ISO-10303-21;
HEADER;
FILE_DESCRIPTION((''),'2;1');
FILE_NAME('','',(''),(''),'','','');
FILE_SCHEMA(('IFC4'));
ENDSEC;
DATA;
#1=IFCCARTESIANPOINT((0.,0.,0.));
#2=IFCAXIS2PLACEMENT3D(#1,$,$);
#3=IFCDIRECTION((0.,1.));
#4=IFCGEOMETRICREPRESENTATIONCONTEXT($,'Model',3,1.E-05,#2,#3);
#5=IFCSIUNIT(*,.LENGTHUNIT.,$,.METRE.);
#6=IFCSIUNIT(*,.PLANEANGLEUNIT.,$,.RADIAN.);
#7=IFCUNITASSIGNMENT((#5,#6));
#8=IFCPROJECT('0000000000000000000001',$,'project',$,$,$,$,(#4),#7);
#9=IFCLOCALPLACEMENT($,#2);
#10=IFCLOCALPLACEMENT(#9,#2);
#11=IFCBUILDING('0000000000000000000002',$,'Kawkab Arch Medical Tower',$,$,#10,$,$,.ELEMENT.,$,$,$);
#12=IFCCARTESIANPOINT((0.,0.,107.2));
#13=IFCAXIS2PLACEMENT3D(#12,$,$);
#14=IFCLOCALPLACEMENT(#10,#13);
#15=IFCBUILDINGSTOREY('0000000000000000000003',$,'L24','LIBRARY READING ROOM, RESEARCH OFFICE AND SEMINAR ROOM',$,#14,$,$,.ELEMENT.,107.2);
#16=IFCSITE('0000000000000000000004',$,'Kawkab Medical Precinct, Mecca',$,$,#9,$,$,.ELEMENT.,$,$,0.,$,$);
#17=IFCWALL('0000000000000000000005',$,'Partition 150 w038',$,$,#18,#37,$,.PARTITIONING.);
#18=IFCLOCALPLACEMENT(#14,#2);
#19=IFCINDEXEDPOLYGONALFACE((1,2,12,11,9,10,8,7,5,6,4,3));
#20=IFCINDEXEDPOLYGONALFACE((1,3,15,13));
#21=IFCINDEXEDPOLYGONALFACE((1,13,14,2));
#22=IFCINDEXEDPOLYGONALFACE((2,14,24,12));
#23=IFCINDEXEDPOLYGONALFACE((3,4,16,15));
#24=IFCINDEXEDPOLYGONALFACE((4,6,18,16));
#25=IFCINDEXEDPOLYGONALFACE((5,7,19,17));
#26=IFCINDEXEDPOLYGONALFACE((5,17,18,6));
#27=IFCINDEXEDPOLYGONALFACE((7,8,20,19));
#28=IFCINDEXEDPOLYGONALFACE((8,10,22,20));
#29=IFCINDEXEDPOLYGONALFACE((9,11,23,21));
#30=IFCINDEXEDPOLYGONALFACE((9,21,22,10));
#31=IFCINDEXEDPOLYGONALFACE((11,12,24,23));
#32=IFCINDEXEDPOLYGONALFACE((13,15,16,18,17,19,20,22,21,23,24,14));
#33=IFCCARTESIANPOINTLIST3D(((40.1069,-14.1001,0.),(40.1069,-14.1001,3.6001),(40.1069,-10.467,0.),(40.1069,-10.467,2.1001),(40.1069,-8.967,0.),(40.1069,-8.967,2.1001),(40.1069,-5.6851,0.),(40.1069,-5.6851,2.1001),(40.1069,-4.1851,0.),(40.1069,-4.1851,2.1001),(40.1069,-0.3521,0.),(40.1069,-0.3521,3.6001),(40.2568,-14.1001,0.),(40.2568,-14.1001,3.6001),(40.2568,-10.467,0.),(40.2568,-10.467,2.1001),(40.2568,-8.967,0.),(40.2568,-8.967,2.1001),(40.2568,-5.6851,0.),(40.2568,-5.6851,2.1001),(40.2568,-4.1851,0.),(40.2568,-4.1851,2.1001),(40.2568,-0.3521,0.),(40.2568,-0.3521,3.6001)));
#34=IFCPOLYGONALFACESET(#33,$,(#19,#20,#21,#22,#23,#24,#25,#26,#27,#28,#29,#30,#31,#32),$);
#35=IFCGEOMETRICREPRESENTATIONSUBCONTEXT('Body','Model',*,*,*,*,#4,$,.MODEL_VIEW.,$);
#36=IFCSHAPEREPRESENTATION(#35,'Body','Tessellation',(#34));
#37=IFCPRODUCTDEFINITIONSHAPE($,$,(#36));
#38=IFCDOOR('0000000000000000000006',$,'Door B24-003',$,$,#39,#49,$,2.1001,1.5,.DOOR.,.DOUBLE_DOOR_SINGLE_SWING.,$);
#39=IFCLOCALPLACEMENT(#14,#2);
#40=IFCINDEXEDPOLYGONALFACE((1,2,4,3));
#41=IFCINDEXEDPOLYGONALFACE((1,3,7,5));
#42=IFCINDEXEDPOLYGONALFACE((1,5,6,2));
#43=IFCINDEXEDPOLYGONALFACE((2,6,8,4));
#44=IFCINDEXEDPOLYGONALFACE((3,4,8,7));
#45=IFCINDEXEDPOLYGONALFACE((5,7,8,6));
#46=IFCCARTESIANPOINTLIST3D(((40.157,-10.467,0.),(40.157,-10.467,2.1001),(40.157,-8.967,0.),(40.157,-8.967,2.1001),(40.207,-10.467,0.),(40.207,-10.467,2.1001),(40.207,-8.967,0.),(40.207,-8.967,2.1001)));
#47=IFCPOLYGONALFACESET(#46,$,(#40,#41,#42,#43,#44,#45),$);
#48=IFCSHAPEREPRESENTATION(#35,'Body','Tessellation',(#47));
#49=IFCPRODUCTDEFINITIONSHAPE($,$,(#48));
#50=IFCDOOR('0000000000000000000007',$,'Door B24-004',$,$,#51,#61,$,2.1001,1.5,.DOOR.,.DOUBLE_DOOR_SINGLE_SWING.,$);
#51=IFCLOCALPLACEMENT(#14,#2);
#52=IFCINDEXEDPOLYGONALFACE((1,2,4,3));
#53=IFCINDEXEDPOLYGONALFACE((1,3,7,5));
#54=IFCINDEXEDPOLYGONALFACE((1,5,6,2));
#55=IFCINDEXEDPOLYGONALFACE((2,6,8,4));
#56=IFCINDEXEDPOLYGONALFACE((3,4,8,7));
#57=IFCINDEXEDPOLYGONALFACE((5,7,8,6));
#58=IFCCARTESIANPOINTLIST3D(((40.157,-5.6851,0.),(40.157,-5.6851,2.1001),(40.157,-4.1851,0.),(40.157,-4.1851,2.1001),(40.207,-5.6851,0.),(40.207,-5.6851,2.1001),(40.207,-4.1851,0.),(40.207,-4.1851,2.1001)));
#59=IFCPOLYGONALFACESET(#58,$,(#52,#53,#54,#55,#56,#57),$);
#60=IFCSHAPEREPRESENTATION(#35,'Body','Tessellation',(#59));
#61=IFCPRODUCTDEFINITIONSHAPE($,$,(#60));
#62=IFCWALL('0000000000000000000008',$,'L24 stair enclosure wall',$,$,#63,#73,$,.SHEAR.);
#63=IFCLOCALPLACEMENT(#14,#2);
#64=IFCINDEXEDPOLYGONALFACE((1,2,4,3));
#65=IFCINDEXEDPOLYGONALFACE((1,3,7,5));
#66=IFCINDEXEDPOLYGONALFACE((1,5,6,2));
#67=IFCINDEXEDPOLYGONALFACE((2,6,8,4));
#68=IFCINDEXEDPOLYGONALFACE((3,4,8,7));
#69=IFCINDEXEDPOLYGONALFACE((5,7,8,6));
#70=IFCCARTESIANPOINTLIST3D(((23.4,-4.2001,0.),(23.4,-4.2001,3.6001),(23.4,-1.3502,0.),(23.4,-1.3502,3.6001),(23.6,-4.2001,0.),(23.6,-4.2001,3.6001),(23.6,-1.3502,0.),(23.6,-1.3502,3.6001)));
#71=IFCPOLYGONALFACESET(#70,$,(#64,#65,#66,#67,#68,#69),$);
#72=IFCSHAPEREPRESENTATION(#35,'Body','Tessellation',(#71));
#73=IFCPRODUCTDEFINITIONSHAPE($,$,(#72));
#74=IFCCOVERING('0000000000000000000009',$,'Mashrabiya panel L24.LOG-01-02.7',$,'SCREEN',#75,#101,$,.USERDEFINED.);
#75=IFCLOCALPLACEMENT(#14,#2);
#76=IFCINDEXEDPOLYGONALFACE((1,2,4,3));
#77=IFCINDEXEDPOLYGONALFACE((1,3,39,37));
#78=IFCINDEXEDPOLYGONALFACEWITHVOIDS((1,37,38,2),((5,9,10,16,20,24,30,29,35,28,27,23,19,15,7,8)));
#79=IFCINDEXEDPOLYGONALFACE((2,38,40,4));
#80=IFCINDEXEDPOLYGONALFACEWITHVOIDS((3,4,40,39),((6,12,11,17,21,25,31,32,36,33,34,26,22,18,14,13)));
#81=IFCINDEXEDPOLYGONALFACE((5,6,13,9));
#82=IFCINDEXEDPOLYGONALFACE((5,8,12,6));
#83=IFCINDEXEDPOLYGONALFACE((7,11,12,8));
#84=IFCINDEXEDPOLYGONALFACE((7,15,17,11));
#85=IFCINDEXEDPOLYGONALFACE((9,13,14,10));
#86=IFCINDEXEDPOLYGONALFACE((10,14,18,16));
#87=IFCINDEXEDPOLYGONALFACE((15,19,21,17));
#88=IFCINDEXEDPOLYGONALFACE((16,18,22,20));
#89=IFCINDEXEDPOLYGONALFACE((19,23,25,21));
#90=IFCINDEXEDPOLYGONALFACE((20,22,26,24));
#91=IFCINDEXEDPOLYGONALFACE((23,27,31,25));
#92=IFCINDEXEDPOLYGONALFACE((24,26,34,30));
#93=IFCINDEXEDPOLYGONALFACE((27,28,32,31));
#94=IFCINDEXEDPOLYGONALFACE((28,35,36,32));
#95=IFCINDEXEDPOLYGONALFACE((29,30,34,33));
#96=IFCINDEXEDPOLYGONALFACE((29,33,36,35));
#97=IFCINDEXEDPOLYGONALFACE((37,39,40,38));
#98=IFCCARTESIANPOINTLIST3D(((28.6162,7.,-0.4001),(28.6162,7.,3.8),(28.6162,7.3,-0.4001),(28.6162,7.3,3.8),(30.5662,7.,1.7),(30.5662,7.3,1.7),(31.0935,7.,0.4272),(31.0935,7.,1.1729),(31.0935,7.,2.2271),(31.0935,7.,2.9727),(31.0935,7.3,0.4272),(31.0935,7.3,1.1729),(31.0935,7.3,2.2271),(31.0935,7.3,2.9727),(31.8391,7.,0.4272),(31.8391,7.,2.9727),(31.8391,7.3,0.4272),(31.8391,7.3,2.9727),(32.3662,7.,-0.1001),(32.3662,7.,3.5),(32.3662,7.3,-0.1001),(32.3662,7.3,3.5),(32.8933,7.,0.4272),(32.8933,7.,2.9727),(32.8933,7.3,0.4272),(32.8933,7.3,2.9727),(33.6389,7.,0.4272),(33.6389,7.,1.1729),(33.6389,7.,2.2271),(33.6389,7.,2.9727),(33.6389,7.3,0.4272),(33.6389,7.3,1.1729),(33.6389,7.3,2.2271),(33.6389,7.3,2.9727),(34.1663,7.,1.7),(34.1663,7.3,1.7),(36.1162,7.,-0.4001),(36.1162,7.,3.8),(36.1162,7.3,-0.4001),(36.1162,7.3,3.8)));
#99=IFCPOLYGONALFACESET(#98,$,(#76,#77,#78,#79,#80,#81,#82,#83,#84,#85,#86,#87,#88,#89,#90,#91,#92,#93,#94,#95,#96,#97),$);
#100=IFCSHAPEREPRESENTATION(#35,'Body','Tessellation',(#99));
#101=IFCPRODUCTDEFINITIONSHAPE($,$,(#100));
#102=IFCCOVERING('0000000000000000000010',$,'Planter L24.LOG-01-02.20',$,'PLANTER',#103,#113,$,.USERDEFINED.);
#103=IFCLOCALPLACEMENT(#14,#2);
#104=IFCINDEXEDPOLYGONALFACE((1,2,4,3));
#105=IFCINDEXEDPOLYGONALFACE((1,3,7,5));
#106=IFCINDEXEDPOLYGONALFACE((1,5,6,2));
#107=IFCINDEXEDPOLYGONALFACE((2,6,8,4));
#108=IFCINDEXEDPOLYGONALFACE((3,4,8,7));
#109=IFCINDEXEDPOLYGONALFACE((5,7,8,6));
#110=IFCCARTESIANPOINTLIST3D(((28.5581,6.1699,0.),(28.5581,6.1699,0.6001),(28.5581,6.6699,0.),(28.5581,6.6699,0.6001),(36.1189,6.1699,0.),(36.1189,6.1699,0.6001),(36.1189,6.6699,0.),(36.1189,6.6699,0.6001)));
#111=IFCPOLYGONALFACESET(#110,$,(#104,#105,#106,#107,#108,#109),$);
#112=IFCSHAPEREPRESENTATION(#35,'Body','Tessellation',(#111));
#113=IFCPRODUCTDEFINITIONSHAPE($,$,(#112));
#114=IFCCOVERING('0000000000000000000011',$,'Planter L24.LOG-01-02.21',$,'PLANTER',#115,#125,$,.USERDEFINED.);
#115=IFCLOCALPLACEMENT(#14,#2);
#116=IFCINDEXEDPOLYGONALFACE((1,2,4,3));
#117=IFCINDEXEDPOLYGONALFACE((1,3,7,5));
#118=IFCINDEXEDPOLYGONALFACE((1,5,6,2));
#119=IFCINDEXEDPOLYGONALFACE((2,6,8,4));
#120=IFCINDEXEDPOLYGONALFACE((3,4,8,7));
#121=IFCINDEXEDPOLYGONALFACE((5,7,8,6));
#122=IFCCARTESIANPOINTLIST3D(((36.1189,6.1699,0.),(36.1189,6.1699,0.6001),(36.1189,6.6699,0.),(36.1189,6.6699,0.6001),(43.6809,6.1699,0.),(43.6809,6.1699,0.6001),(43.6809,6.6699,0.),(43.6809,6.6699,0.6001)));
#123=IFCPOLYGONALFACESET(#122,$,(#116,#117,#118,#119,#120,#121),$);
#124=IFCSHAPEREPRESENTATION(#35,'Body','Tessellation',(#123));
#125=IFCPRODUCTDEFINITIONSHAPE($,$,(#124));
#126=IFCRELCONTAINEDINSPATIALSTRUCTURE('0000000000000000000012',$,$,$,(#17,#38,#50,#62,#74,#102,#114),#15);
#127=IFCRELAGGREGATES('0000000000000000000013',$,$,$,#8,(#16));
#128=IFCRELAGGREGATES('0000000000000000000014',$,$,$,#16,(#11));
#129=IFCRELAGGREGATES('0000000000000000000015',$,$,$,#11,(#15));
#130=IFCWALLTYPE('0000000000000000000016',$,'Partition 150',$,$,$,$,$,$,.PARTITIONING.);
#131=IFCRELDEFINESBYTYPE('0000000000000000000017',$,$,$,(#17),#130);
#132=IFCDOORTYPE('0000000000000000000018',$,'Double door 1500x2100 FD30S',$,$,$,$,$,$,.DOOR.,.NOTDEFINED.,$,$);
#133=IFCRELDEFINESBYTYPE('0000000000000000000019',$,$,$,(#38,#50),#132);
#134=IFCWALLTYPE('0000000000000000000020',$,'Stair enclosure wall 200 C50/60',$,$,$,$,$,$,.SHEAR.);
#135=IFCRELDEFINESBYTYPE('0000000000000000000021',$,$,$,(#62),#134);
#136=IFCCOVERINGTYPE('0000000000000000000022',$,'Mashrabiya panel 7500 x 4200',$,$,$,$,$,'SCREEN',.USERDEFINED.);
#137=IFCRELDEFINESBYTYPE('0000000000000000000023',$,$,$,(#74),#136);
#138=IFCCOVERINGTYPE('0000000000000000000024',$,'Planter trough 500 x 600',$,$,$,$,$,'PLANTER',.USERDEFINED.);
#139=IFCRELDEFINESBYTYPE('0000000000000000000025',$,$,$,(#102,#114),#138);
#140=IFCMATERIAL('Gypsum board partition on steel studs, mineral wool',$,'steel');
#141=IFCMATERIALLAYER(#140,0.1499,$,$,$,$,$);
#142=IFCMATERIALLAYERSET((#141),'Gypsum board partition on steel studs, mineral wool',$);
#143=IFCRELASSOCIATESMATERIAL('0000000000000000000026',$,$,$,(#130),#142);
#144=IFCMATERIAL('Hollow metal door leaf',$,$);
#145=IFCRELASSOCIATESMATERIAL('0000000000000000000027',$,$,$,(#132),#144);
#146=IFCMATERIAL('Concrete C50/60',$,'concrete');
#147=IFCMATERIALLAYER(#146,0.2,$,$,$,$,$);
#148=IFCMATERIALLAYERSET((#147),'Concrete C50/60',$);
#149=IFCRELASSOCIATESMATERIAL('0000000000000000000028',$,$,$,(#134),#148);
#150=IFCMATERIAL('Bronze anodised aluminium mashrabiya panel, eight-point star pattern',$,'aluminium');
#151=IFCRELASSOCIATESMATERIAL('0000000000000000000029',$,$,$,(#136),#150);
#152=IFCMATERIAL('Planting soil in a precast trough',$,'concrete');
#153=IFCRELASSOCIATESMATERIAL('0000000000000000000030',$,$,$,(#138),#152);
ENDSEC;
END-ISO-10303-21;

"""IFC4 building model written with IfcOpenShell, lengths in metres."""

from ifc_helpers import new_model, si_unit, direction, frame, frame_2d, origin, origin_2d, place, context, subcontext, project, spatial, polyline, rectangle, outline, extrude, material, layer, layer_set, material_profile, profile_set, type_object, element, fill, save


model = new_model("IFC4")

# Units and contexts
model_context = context("Model", 3, precision=1e-05, world=origin(), true_north=direction((0.0, 1.0)))
body_context = subcontext(model_context, "Body", "Model", "MODEL_VIEW")
ifc_project = project(units=[si_unit("LENGTHUNIT", "METRE"), si_unit("PLANEANGLEUNIT", "RADIAN")], contexts=[model_context])

# Site, building, storey
site_placement = place(None, origin())
site = spatial("IfcSite", under=ifc_project, at=site_placement, Name="Kawkab Medical Precinct, Mecca", CompositionType="ELEMENT", RefElevation=0.0)
building_placement = place(site_placement, origin())
building = spatial("IfcBuilding", under=site, at=building_placement, Name="Kawkab Arch Medical Tower", CompositionType="ELEMENT")
storey_placement = place(building_placement, frame((0.0, 0.0, 107.2)))
storey = spatial("IfcBuildingStorey", under=building, at=storey_placement, Name="L24", Description="LIBRARY READING ROOM, RESEARCH OFFICE AND SEMINAR ROOM", CompositionType="ELEMENT", Elevation=107.2)

# Shared definitions
ifc_material_1 = material(Name="Gypsum board partition on steel studs, mineral wool", Category="steel")
ifc_layer_1 = layer(ifc_material_1, 0.1499)
ifc_layer_set_1 = layer_set([ifc_layer_1], Name="Gypsum board partition on steel studs, mineral wool")
wall_type_1 = type_object("IfcWallType", Name="Partition 150", PredefinedType="PARTITIONING", material=ifc_layer_set_1)

# Wall, openings, doors
wall_1_placement = place(storey_placement, frame((40.1819, -14.1001, 0.0), z_axis=(0.0, 0.0, 1.0), x_axis=(0.0, 1.0, 0.0)))
wall_1 = element("IfcWall", 1, at=wall_1_placement, inside=storey, type_object=wall_type_1, Name="Partition 150 w038", PredefinedType="PARTITIONING", context=body_context, shape_type="SweptSolid", body=[
    extrude(rectangle(XDim=13.748, YDim=0.1499, at=frame_2d((6.874, 0.0))), origin(), (0.0, 0.0, 1.0), 3.6001),
])
opening_1_placement = place(wall_1_placement, frame((3.6331, 0.0, 0.0)))
opening_1 = element("IfcOpeningElement", 2, at=opening_1_placement, cuts=wall_1, PredefinedType="OPENING", context=body_context, shape_type="SweptSolid", body=[
    extrude(rectangle(XDim=1.5, YDim=2.1001, at=frame_2d((0.75, 1.05))), frame((0.0, 0.085, 0.0), z_axis=(0.0, -1.0, 0.0), x_axis=(1.0, 0.0, 0.0)), (0.0, 0.0, 1.0), 0.1699),
])
opening_2_placement = place(wall_1_placement, frame((8.415, 0.0, 0.0)))
opening_2 = element("IfcOpeningElement", 3, at=opening_2_placement, cuts=wall_1, PredefinedType="OPENING", context=body_context, shape_type="SweptSolid", body=[
    extrude(rectangle(XDim=1.5, YDim=2.1001, at=frame_2d((0.75, 1.05))), frame((0.0, 0.085, 0.0), z_axis=(0.0, -1.0, 0.0), x_axis=(1.0, 0.0, 0.0)), (0.0, 0.0, 1.0), 0.1699),
])
ifc_material_2 = material(Name="Hollow metal door leaf")
door_type_1 = type_object("IfcDoorType", Name="Double door 1500x2100 FD30S", OperationType="NOTDEFINED", PredefinedType="DOOR", material=ifc_material_2)
door_1_placement = place(opening_1_placement, origin())
door_1 = element("IfcDoor", 4, at=door_1_placement, inside=storey, type_object=door_type_1, Name="Door B24-003", OperationType="DOUBLE_DOOR_SINGLE_SWING", OverallHeight=2.1001, OverallWidth=1.5, PredefinedType="DOOR", context=body_context, shape_type="SweptSolid", body=[
    extrude(rectangle(XDim=1.5, YDim=2.1001, at=frame_2d((0.75, 1.05))), frame((0.0, 0.0249, 0.0), z_axis=(0.0, -1.0, 0.0), x_axis=(1.0, 0.0, 0.0)), (0.0, 0.0, 1.0), 0.05),
])
fill(opening_1, door_1)
door_2_placement = place(opening_2_placement, origin())
door_2 = element("IfcDoor", 5, at=door_2_placement, inside=storey, type_object=door_type_1, Name="Door B24-004", OperationType="DOUBLE_DOOR_SINGLE_SWING", OverallHeight=2.1001, OverallWidth=1.5, PredefinedType="DOOR", context=body_context, shape_type="SweptSolid", body=[
    extrude(rectangle(XDim=1.5, YDim=2.1001, at=frame_2d((0.75, 1.05))), frame((0.0, 0.0249, 0.0), z_axis=(0.0, -1.0, 0.0), x_axis=(1.0, 0.0, 0.0)), (0.0, 0.0, 1.0), 0.05),
])
fill(opening_2, door_2)

# Wall
ifc_material_3 = material(Name="Concrete C50/60", Category="concrete")
ifc_layer_2 = layer(ifc_material_3, 0.2)
ifc_layer_set_2 = layer_set([ifc_layer_2], Name="Concrete C50/60")
wall_type_2 = type_object("IfcWallType", Name="Stair enclosure wall 200 C50/60", PredefinedType="SHEAR", material=ifc_layer_set_2)
wall_2_placement = place(storey_placement, frame((23.5, -4.2, 0.0), z_axis=(0.0, 0.0, 1.0), x_axis=(0.0, 1.0, 0.0)))
element("IfcWall", 6, at=wall_2_placement, inside=storey, type_object=wall_type_2, Name="L24 stair enclosure wall", PredefinedType="SHEAR", context=body_context, shape_type="SweptSolid", body=[
    extrude(rectangle(XDim=2.8499, YDim=0.2, at=frame_2d((1.4248, 0.0))), origin(), (0.0, 0.0, 1.0), 3.6001),
])

# Coverings
ifc_material_4 = material(Name="Bronze anodised aluminium mashrabiya panel, eight-point star pattern", Category="aluminium")
ifc_material_profile_1 = material_profile(ifc_material_4, outline(polyline([(-3.75, -2.1001), (3.75, -2.1001), (3.75, 2.1001), (-3.75, 2.1001), (-3.75, -2.1001)]), holes=[polyline([(1.8, 0.0), (1.2727, 0.5271), (1.2727, 1.2727), (0.5271, 1.2727), (0.0, 1.8), (-0.5271, 1.2727), (-1.2727, 1.2727), (-1.2727, 0.5271), (-1.8, 0.0), (-1.2727, -0.5271), (-1.2727, -1.2727), (-0.5271, -1.2727), (0.0, -1.8), (0.5271, -1.2727), (1.2727, -1.2727), (1.2727, -0.5271), (1.8, 0.0)])]), Name="Mashrabiya panel 7500x4200")
ifc_profile_set_1 = profile_set([ifc_material_profile_1], Name="Bronze anodised aluminium mashrabiya panel, eight-point star pattern")
covering_type_1 = type_object("IfcCoveringType", Name="Mashrabiya panel 7500 x 4200", ElementType="SCREEN", PredefinedType="USERDEFINED", material=ifc_profile_set_1)
covering_1_placement = place(storey_placement, frame((32.3662, 7.0, 1.7), z_axis=(0.0, 1.0, 0.0), x_axis=(-1.0, 0.0, 0.0)))
element("IfcCovering", 7, at=covering_1_placement, inside=storey, type_object=covering_type_1, Name="Mashrabiya panel L24.LOG-01-02.7", ObjectType="SCREEN", PredefinedType="USERDEFINED", context=body_context, shape_type="SweptSolid", body=[
    extrude(outline(polyline([(-3.75, -2.1001), (3.75, -2.1001), (3.75, 2.1001), (-3.75, 2.1001), (-3.75, -2.1001)]), holes=[polyline([(1.8, 0.0), (1.2727, 0.5271), (1.2727, 1.2727), (0.5271, 1.2727), (0.0, 1.8), (-0.5271, 1.2727), (-1.2727, 1.2727), (-1.2727, 0.5271), (-1.8, 0.0), (-1.2727, -0.5271), (-1.2727, -1.2727), (-0.5271, -1.2727), (0.0, -1.8), (0.5271, -1.2727), (1.2727, -1.2727), (1.2727, -0.5271), (1.8, 0.0)])]), origin(), (0.0, 0.0, 1.0), 0.3),
])
ifc_material_5 = material(Name="Planting soil in a precast trough", Category="concrete")
ifc_material_profile_2 = material_profile(ifc_material_5, rectangle(XDim=0.5, YDim=0.6001, at=origin_2d()), Name="Trough 500x600")
ifc_profile_set_2 = profile_set([ifc_material_profile_2], Name="Planting soil in a precast trough")
covering_type_2 = type_object("IfcCoveringType", Name="Planter trough 500 x 600", ElementType="PLANTER", PredefinedType="USERDEFINED", material=ifc_profile_set_2)
covering_2_placement = place(storey_placement, frame((28.5581, 6.4199, 0.3), z_axis=(1.0, 0.0, 0.0), x_axis=(0.0, 1.0, 0.0)))
element("IfcCovering", 8, at=covering_2_placement, inside=storey, type_object=covering_type_2, Name="Planter L24.LOG-01-02.20", ObjectType="PLANTER", PredefinedType="USERDEFINED", context=body_context, shape_type="SweptSolid", body=[
    extrude(rectangle(XDim=0.5, YDim=0.6001, at=origin_2d()), origin(), (0.0, 0.0, 1.0), 7.5608),
])
covering_3_placement = place(storey_placement, frame((36.1189, 6.4199, 0.3), z_axis=(1.0, 0.0, 0.0), x_axis=(0.0, 1.0, 0.0)))
element("IfcCovering", 9, at=covering_3_placement, inside=storey, type_object=covering_type_2, Name="Planter L24.LOG-01-02.21", ObjectType="PLANTER", PredefinedType="USERDEFINED", context=body_context, shape_type="SweptSolid", body=[
    extrude(rectangle(XDim=0.5, YDim=0.6001, at=origin_2d()), origin(), (0.0, 0.0, 1.0), 7.562),
])

save(model, "model.ifc")
